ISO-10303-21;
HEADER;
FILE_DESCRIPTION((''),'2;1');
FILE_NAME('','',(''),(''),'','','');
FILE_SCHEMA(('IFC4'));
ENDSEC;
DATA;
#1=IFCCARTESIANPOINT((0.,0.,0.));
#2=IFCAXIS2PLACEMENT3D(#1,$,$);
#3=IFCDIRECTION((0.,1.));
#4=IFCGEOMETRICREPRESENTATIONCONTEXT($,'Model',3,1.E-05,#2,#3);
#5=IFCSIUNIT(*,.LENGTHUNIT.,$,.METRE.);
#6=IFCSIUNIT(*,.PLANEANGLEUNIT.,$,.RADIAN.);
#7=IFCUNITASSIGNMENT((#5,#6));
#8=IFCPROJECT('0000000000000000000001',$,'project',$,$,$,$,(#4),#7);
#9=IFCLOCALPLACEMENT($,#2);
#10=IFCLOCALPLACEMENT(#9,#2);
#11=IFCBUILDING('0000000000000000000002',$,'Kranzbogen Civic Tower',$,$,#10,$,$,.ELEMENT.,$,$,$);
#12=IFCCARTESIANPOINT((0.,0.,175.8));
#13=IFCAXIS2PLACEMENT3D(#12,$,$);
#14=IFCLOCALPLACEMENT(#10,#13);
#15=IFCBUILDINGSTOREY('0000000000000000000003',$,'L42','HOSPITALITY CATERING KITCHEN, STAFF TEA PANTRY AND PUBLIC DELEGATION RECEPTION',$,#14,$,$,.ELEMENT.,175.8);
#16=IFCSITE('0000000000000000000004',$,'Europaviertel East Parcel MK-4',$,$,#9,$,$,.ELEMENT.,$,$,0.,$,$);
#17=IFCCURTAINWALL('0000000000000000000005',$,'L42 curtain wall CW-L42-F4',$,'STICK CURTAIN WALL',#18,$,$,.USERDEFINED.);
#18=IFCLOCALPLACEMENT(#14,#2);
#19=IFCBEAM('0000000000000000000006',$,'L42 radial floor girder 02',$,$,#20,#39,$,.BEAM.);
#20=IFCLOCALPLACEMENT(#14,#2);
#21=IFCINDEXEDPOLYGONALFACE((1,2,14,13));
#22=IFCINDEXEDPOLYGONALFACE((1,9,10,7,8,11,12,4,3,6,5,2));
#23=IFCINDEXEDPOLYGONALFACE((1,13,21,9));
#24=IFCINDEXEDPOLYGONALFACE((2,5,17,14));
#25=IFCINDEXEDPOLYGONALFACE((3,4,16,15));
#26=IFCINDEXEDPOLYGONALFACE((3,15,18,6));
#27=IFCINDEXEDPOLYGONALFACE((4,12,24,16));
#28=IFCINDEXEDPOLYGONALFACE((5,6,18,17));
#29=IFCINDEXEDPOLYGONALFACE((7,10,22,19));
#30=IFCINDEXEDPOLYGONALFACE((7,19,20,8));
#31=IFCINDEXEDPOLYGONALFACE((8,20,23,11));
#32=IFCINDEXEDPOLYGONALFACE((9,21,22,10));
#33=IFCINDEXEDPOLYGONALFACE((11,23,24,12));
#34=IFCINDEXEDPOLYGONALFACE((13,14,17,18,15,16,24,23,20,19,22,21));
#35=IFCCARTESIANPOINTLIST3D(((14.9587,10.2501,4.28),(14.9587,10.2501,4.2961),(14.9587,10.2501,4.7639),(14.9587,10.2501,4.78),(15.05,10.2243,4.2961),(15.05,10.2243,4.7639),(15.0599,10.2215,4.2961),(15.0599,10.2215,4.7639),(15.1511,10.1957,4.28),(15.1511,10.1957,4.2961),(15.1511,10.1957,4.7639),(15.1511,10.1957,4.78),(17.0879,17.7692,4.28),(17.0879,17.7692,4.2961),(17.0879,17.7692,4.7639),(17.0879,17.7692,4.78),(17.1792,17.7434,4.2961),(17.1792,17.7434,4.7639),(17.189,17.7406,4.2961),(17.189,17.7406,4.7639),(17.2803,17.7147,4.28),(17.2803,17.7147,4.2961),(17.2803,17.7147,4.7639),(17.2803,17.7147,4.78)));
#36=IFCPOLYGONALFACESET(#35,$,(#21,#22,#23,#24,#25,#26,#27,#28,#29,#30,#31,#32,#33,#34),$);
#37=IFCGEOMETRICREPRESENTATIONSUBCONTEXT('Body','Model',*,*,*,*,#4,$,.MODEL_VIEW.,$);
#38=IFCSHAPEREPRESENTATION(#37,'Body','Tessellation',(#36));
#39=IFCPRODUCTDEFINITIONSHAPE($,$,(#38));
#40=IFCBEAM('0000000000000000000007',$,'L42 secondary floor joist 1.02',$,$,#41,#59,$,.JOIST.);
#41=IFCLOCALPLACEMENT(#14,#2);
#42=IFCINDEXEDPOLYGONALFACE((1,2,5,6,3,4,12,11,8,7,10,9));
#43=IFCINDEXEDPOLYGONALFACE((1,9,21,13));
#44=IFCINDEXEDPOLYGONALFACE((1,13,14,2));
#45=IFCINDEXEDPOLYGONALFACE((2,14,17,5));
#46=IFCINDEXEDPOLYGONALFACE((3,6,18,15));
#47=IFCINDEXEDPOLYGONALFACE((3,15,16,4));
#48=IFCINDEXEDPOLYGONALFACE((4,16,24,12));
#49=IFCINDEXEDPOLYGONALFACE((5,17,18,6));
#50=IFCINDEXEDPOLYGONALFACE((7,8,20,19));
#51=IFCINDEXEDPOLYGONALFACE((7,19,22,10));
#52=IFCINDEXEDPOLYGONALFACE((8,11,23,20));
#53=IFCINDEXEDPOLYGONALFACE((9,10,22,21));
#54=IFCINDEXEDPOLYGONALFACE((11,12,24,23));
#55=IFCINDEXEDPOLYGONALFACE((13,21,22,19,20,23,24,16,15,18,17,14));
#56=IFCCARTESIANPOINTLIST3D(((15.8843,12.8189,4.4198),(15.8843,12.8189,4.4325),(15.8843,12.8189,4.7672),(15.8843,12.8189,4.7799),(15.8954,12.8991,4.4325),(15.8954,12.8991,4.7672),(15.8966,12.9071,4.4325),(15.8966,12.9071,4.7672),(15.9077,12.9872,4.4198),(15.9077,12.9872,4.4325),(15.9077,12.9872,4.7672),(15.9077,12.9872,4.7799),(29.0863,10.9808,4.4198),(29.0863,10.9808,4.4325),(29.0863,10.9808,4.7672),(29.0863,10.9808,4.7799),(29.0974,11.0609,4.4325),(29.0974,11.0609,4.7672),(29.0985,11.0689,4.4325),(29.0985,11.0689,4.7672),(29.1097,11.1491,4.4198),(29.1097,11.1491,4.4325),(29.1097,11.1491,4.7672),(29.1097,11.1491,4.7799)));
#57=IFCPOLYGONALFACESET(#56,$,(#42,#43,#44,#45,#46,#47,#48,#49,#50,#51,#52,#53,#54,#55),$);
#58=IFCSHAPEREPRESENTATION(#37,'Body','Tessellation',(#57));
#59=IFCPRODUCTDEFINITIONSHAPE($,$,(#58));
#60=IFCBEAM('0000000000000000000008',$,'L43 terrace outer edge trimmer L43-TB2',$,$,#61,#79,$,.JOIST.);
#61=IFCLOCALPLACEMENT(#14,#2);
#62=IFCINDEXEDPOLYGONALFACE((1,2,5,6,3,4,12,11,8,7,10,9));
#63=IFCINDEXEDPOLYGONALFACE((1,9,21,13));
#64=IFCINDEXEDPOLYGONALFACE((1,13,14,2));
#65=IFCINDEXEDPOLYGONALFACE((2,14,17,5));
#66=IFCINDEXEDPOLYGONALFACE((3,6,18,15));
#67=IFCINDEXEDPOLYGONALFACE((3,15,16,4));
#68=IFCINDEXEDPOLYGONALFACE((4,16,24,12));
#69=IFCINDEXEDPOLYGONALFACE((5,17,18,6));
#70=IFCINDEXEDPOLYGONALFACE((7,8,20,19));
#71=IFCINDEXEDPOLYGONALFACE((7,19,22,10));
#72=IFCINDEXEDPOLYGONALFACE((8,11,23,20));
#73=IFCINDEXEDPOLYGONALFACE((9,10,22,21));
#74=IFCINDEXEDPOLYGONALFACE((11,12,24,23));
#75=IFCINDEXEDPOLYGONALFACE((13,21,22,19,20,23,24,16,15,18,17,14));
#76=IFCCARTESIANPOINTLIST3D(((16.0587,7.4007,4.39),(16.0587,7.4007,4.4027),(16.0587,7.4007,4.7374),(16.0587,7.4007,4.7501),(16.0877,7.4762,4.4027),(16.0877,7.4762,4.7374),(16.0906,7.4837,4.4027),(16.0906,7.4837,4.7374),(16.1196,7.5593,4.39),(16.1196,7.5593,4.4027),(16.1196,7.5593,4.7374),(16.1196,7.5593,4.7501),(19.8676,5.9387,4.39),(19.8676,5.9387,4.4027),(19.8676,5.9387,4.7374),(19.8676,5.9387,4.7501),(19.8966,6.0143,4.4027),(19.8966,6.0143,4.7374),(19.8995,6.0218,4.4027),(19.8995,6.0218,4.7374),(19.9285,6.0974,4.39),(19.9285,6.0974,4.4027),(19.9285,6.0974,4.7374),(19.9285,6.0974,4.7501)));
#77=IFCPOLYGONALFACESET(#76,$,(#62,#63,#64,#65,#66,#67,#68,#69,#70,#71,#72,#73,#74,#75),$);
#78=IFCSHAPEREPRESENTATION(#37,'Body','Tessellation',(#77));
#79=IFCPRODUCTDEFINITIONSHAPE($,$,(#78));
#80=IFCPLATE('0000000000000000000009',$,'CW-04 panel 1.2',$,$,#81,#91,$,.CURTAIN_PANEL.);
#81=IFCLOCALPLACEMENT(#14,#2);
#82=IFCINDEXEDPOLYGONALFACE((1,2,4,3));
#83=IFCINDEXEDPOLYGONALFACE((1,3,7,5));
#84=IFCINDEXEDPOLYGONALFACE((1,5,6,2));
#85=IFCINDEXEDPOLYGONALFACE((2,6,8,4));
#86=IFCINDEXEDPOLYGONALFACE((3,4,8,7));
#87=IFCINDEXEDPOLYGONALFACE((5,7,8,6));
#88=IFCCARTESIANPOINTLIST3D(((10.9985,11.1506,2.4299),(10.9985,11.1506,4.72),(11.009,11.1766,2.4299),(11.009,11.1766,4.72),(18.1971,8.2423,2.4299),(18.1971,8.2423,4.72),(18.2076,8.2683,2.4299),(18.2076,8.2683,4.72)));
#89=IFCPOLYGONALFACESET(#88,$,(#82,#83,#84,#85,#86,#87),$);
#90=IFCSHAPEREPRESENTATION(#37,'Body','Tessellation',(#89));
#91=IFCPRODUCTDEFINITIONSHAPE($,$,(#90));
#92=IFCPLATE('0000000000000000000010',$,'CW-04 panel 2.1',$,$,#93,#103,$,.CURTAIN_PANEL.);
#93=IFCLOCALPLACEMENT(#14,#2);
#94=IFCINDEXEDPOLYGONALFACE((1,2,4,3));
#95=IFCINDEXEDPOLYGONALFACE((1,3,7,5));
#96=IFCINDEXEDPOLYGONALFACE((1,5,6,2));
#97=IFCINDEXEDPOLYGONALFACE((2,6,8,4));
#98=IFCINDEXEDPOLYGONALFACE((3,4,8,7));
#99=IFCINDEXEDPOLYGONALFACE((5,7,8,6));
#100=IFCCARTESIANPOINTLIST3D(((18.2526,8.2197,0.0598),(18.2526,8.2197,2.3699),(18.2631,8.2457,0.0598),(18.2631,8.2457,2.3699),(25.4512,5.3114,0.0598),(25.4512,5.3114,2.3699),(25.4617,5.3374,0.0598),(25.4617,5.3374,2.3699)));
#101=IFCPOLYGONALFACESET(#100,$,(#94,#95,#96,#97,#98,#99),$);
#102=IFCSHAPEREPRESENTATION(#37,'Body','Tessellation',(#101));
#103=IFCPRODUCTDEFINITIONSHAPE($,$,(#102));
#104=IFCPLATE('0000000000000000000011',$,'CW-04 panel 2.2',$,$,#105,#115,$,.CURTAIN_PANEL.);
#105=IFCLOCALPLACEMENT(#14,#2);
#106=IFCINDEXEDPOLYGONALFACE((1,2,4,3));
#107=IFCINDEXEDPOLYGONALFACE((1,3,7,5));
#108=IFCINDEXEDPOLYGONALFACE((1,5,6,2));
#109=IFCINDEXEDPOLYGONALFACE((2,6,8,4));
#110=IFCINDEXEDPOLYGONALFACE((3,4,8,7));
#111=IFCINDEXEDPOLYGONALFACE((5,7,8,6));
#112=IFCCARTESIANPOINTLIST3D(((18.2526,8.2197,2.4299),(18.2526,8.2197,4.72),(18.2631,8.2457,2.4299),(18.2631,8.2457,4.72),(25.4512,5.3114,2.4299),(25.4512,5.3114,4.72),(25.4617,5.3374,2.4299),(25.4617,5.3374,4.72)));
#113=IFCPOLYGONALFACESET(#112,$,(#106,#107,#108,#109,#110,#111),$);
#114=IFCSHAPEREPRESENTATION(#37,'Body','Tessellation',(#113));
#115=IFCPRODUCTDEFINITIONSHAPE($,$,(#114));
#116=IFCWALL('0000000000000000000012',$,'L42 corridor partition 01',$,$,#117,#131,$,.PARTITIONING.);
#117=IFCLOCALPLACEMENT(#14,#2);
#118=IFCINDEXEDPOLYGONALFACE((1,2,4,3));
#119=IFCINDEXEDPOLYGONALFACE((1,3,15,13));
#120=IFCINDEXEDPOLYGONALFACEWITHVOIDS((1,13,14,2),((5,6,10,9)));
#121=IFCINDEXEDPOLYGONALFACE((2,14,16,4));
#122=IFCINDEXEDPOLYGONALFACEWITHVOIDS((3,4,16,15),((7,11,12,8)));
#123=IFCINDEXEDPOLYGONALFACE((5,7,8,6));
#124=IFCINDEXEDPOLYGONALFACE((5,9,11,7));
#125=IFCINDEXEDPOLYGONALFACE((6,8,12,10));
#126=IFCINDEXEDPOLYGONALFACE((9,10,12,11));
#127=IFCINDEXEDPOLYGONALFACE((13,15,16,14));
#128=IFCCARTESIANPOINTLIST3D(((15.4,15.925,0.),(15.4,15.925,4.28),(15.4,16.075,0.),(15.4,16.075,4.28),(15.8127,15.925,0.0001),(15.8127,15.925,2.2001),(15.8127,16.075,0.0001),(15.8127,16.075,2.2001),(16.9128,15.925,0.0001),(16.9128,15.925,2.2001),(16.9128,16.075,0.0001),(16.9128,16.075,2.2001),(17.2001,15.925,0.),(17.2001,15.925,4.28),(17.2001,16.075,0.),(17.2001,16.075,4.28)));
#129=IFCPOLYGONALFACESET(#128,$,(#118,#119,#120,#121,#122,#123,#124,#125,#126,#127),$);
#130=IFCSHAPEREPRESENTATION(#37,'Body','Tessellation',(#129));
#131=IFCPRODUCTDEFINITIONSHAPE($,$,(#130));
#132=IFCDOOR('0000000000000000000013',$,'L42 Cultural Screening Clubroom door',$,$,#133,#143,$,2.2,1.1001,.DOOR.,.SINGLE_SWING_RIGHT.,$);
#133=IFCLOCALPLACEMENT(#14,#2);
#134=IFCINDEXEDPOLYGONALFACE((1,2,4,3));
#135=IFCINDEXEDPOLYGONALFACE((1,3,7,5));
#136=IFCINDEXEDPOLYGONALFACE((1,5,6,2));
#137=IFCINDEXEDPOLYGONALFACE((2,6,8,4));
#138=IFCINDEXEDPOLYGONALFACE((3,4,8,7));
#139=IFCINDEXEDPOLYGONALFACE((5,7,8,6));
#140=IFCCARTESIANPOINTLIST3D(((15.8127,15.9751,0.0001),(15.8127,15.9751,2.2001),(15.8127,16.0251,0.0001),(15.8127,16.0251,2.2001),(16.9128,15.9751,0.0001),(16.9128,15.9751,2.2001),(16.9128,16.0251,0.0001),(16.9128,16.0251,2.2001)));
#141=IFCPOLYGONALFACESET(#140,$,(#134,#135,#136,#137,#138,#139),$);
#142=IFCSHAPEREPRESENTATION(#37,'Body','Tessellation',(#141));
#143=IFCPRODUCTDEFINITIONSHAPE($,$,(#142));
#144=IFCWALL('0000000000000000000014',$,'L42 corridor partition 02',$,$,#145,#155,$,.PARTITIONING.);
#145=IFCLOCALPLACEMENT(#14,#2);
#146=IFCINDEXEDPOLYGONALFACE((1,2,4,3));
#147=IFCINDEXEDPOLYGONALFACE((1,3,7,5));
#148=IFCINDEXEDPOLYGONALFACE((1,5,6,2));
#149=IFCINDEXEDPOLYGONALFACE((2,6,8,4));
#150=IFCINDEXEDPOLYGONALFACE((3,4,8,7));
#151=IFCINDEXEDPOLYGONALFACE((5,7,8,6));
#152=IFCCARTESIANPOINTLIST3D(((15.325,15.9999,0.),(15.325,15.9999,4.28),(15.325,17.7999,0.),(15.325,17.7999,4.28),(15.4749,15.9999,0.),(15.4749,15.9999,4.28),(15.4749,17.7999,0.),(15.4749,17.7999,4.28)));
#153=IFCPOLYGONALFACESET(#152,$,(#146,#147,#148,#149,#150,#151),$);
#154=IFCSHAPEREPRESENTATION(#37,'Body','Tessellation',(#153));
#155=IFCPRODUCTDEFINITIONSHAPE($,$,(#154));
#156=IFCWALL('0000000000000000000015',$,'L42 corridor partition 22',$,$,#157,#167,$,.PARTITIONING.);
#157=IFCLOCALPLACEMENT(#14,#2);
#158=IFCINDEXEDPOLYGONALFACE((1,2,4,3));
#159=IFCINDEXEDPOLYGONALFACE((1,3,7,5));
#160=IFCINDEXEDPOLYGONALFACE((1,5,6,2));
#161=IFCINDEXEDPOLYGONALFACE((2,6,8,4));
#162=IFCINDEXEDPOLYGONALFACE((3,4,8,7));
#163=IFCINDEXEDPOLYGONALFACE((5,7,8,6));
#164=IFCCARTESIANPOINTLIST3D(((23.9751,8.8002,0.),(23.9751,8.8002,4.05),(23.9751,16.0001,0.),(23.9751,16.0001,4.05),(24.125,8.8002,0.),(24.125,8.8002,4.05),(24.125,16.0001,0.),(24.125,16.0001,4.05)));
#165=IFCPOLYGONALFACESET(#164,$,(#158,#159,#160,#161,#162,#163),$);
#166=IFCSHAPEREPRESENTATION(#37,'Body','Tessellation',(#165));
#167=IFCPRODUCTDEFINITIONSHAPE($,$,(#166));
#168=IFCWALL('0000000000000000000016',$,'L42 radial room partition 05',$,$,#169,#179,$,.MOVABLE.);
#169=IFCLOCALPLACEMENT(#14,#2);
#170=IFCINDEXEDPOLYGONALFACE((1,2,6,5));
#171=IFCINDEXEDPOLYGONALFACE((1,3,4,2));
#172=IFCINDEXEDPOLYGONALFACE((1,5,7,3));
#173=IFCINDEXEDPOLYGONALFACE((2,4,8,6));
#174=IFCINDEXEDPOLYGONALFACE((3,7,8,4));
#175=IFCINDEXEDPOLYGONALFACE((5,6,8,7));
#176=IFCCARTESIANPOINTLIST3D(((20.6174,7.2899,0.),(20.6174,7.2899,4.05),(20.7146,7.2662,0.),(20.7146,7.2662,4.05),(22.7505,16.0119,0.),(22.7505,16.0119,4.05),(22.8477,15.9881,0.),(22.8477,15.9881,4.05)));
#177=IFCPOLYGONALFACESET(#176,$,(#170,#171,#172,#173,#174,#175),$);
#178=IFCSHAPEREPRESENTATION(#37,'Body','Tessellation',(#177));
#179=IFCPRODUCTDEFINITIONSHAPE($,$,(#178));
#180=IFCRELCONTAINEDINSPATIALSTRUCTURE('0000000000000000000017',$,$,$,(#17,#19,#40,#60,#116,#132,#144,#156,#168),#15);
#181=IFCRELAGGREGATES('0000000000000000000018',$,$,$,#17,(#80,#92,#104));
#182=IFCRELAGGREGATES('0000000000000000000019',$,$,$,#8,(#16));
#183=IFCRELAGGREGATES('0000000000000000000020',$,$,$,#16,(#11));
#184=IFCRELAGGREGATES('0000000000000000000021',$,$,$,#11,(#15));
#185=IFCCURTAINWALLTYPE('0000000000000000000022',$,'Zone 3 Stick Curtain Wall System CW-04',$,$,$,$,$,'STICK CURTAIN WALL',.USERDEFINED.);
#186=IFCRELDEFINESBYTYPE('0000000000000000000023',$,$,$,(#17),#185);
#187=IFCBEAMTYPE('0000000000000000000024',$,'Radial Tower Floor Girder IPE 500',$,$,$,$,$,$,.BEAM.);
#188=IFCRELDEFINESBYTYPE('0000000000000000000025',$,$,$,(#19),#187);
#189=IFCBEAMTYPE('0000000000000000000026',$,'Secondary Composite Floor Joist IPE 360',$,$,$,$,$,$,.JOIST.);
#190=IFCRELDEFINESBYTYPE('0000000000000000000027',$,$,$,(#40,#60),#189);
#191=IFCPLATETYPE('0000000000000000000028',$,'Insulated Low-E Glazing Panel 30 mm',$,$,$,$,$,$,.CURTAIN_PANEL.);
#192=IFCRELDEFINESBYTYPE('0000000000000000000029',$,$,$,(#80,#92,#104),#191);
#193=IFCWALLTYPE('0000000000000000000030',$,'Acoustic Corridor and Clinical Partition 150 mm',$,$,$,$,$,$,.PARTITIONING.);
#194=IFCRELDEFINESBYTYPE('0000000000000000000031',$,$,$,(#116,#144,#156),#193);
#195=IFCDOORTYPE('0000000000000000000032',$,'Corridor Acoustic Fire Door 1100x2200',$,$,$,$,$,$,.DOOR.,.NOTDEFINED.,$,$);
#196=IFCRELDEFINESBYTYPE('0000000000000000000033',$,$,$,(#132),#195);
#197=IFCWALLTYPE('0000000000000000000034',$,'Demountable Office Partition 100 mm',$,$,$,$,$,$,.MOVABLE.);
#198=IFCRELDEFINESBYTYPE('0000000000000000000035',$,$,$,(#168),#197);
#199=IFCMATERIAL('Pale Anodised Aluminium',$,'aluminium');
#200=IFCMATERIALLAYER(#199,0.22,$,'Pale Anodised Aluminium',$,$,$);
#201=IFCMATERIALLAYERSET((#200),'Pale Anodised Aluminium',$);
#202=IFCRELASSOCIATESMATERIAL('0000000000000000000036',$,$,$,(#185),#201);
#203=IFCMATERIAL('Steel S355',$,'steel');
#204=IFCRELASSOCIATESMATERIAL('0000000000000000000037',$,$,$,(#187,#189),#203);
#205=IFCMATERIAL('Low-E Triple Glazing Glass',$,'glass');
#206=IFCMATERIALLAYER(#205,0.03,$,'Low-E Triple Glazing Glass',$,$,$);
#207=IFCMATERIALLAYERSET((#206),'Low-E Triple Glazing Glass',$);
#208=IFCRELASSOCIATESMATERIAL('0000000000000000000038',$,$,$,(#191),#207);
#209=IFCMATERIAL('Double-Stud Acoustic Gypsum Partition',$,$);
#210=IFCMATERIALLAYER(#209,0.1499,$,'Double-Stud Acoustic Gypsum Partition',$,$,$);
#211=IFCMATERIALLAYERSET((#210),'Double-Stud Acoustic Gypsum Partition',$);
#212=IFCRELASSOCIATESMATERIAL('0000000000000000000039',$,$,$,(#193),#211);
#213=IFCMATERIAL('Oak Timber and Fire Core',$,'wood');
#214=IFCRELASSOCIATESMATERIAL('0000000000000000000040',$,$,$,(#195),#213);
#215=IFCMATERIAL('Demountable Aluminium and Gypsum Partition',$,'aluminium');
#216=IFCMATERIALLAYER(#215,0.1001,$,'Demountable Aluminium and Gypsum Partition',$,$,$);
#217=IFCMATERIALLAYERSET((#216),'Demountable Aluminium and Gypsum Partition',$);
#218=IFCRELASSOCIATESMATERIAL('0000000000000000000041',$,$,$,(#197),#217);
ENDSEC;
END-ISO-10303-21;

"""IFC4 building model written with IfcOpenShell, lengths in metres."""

from ifc_helpers import new_model, si_unit, direction, frame, frame_2d, origin, origin_2d, place, context, subcontext, project, spatial, rectangle, i_section, extrude, material, layer, layer_set, material_profile, profile_set, type_object, element, fill, aggregate, save


model = new_model("IFC4")

# Units and contexts
model_context = context("Model", 3, precision=1e-05, world=origin(), true_north=direction((0.0, 1.0)))
body_context = subcontext(model_context, "Body", "Model", "MODEL_VIEW")
ifc_project = project(units=[si_unit("LENGTHUNIT", "METRE"), si_unit("PLANEANGLEUNIT", "RADIAN")], contexts=[model_context])

# Site, building, storey
site_placement = place(None, origin())
site = spatial("IfcSite", under=ifc_project, at=site_placement, Name="Europaviertel East Parcel MK-4", CompositionType="ELEMENT", RefElevation=0.0)
building_placement = place(site_placement, origin())
building = spatial("IfcBuilding", under=site, at=building_placement, Name="Kranzbogen Civic Tower", CompositionType="ELEMENT")
storey_placement = place(building_placement, frame((0.0, 0.0, 175.8)))
storey = spatial("IfcBuildingStorey", under=building, at=storey_placement, Name="L42", Description="HOSPITALITY CATERING KITCHEN, STAFF TEA PANTRY AND PUBLIC DELEGATION RECEPTION", CompositionType="ELEMENT", Elevation=175.8)

# Shared definitions
ifc_material_1 = material(Name="Steel S355", Category="steel")

# Curtain wall
ifc_material_2 = material(Name="Pale Anodised Aluminium", Category="aluminium")
ifc_layer_1 = layer(ifc_material_2, 0.22, Name="Pale Anodised Aluminium")
ifc_layer_set_1 = layer_set([ifc_layer_1], Name="Pale Anodised Aluminium")
curtain_wall_type = type_object("IfcCurtainWallType", Name="Zone 3 Stick Curtain Wall System CW-04", ElementType="STICK CURTAIN WALL", PredefinedType="USERDEFINED", material=ifc_layer_set_1)
curtain_wall_placement = place(storey_placement, origin())
curtain_wall = element("IfcCurtainWall", 1, at=curtain_wall_placement, inside=storey, type_object=curtain_wall_type, Name="L42 curtain wall CW-L42-F4", ObjectType="STICK CURTAIN WALL", PredefinedType="USERDEFINED")

# Beams
ifc_material_profile_1 = material_profile(ifc_material_1, i_section(OverallWidth=0.2, OverallDepth=0.5, WebThickness=0.0103, FlangeThickness=0.0161, at=origin_2d()), Name="IPE 500")
ifc_profile_set_1 = profile_set([ifc_material_profile_1], Name="Steel S355")
beam_type_1 = type_object("IfcBeamType", Name="Radial Tower Floor Girder IPE 500", PredefinedType="BEAM", material=ifc_profile_set_1)
beam_1_placement = place(storey_placement, frame((15.0549, 10.2229, 4.53), z_axis=(0.272455, 0.962169, 0.0), x_axis=(-0.962169, 0.272455, 0.0)))
element("IfcBeam", 2, at=beam_1_placement, inside=storey, type_object=beam_type_1, Name="L42 radial floor girder 02", PredefinedType="BEAM", context=body_context, shape_type="SweptSolid", body=[
    extrude(i_section(OverallWidth=0.2, OverallDepth=0.5, WebThickness=0.0103, FlangeThickness=0.0161, at=origin_2d()), origin(), (0.0, 0.0, 1.0), 7.8147),
])
ifc_material_profile_2 = material_profile(ifc_material_1, i_section(OverallWidth=0.1699, OverallDepth=0.3601, WebThickness=0.0081, FlangeThickness=0.0127, at=origin_2d()), Name="IPE 360")
ifc_profile_set_2 = profile_set([ifc_material_profile_2], Name="Steel S355")
beam_type_2 = type_object("IfcBeamType", Name="Secondary Composite Floor Joist IPE 360", PredefinedType="JOIST", material=ifc_profile_set_2)
beam_2_placement = place(storey_placement, frame((15.896, 12.9031, 4.5999), z_axis=(0.990446, -0.137902, 0.0), x_axis=(0.137902, 0.990446, 0.0)))
element("IfcBeam", 3, at=beam_2_placement, inside=storey, type_object=beam_type_2, Name="L42 secondary floor joist 1.02", PredefinedType="JOIST", context=body_context, shape_type="SweptSolid", body=[
    extrude(i_section(OverallWidth=0.1699, OverallDepth=0.3601, WebThickness=0.0081, FlangeThickness=0.0127, at=origin_2d()), origin(), (0.0, 0.0, 1.0), 13.3293),
])
beam_3_placement = place(storey_placement, frame((16.0891, 7.48, 4.5701), z_axis=(0.933594, -0.358333, 0.0), x_axis=(0.358333, 0.933594, 0.0)))
element("IfcBeam", 4, at=beam_3_placement, inside=storey, type_object=beam_type_2, Name="L43 terrace outer edge trimmer L43-TB2", PredefinedType="JOIST", context=body_context, shape_type="SweptSolid", body=[
    extrude(i_section(OverallWidth=0.1699, OverallDepth=0.3601, WebThickness=0.0081, FlangeThickness=0.0127, at=origin_2d()), origin(), (0.0, 0.0, 1.0), 4.0798),
])

# Plates
ifc_material_3 = material(Name="Low-E Triple Glazing Glass", Category="glass")
ifc_layer_2 = layer(ifc_material_3, 0.03, Name="Low-E Triple Glazing Glass")
ifc_layer_set_2 = layer_set([ifc_layer_2], Name="Low-E Triple Glazing Glass")
plate_type = type_object("IfcPlateType", Name="Insulated Low-E Glazing Panel 30 mm", PredefinedType="CURTAIN_PANEL", material=ifc_layer_set_2)
plate_1_placement = place(storey_placement, frame((14.603, 9.7095, 2.4299), z_axis=(0.0, 0.0, 1.0), x_axis=(0.927189, -0.374594, 0.0)))
plate_1 = element("IfcPlate", 5, at=plate_1_placement, type_object=plate_type, Name="CW-04 panel 1.2", PredefinedType="CURTAIN_PANEL", context=body_context, shape_type="SweptSolid", body=[
    extrude(rectangle(XDim=7.7639, YDim=0.0281, at=origin_2d()), origin(), (0.0, 0.0, 1.0), 2.29),
])
plate_2_placement = place(storey_placement, frame((21.8572, 6.7786, 0.0598), z_axis=(0.0, 0.0, 1.0), x_axis=(0.927189, -0.374594, 0.0)))
plate_2 = element("IfcPlate", 6, at=plate_2_placement, type_object=plate_type, Name="CW-04 panel 2.1", PredefinedType="CURTAIN_PANEL", context=body_context, shape_type="SweptSolid", body=[
    extrude(rectangle(XDim=7.7639, YDim=0.0281, at=origin_2d()), origin(), (0.0, 0.0, 1.0), 2.3101),
])
plate_3_placement = place(storey_placement, frame((21.8572, 6.7786, 2.4299), z_axis=(0.0, 0.0, 1.0), x_axis=(0.927189, -0.374594, 0.0)))
plate_3 = element("IfcPlate", 7, at=plate_3_placement, type_object=plate_type, Name="CW-04 panel 2.2", PredefinedType="CURTAIN_PANEL", context=body_context, shape_type="SweptSolid", body=[
    extrude(rectangle(XDim=7.7639, YDim=0.0281, at=origin_2d()), origin(), (0.0, 0.0, 1.0), 2.29),
])
aggregate(curtain_wall, [plate_1, plate_2, plate_3])

# Wall, opening, door
ifc_material_4 = material(Name="Double-Stud Acoustic Gypsum Partition")
ifc_layer_3 = layer(ifc_material_4, 0.1499, Name="Double-Stud Acoustic Gypsum Partition")
ifc_layer_set_3 = layer_set([ifc_layer_3], Name="Double-Stud Acoustic Gypsum Partition")
wall_type_1 = type_object("IfcWallType", Name="Acoustic Corridor and Clinical Partition 150 mm", PredefinedType="PARTITIONING", material=ifc_layer_set_3)
wall_1_placement = place(storey_placement, frame((17.2, 16.0, 0.0), z_axis=(0.0, 0.0, 1.0), x_axis=(-1.0, 0.0, 0.0)))
wall_1 = element("IfcWall", 8, at=wall_1_placement, inside=storey, type_object=wall_type_1, Name="L42 corridor partition 01", PredefinedType="PARTITIONING", context=body_context, shape_type="SweptSolid", body=[
    extrude(rectangle(XDim=1.8, YDim=0.1499, at=frame_2d((0.8999, 0.0))), origin(), (0.0, 0.0, 1.0), 4.28),
])
opening_placement = place(wall_1_placement, frame((0.2871, 0.0, 0.0)))
opening = element("IfcOpeningElement", 9, at=opening_placement, cuts=wall_1, PredefinedType="OPENING", context=body_context, shape_type="SweptSolid", body=[
    extrude(rectangle(XDim=1.1001, YDim=2.2, at=frame_2d((0.55, 1.1001))), frame((0.0, 0.085, 0.0), z_axis=(0.0, -1.0, 0.0), x_axis=(1.0, 0.0, 0.0)), (0.0, 0.0, 1.0), 0.1699),
])
ifc_material_5 = material(Name="Oak Timber and Fire Core", Category="wood")
door_type = type_object("IfcDoorType", Name="Corridor Acoustic Fire Door 1100x2200", OperationType="NOTDEFINED", PredefinedType="DOOR", material=ifc_material_5)
door_placement = place(opening_placement, origin())
door = element("IfcDoor", 10, at=door_placement, inside=storey, type_object=door_type, Name="L42 Cultural Screening Clubroom door", OperationType="SINGLE_SWING_RIGHT", OverallHeight=2.2, OverallWidth=1.1001, PredefinedType="DOOR", context=body_context, shape_type="SweptSolid", body=[
    extrude(rectangle(XDim=1.1001, YDim=2.2, at=frame_2d((0.55, 1.1001))), frame((0.0, 0.0249, 0.0), z_axis=(0.0, -1.0, 0.0), x_axis=(1.0, 0.0, 0.0)), (0.0, 0.0, 1.0), 0.05),
])
fill(opening, door)

# Walls
wall_2_placement = place(storey_placement, frame((15.3999, 16.0, 0.0), z_axis=(0.0, 0.0, 1.0), x_axis=(0.0, 1.0, 0.0)))
element("IfcWall", 11, at=wall_2_placement, inside=storey, type_object=wall_type_1, Name="L42 corridor partition 02", PredefinedType="PARTITIONING", context=body_context, shape_type="SweptSolid", body=[
    extrude(rectangle(XDim=1.8, YDim=0.1499, at=frame_2d((0.8999, 0.0))), origin(), (0.0, 0.0, 1.0), 4.28),
])
wall_3_placement = place(storey_placement, frame((24.05, 8.8, 0.0), z_axis=(0.0, 0.0, 1.0), x_axis=(0.0, 1.0, 0.0)))
element("IfcWall", 12, at=wall_3_placement, inside=storey, type_object=wall_type_1, Name="L42 corridor partition 22", PredefinedType="PARTITIONING", context=body_context, shape_type="SweptSolid", body=[
    extrude(rectangle(XDim=7.2, YDim=0.1499, at=frame_2d((3.6001, 0.0))), origin(), (0.0, 0.0, 1.0), 4.05),
])
ifc_material_6 = material(Name="Demountable Aluminium and Gypsum Partition", Category="aluminium")
ifc_layer_4 = layer(ifc_material_6, 0.1001, Name="Demountable Aluminium and Gypsum Partition")
ifc_layer_set_4 = layer_set([ifc_layer_4], Name="Demountable Aluminium and Gypsum Partition")
wall_type_2 = type_object("IfcWallType", Name="Demountable Office Partition 100 mm", PredefinedType="MOVABLE", material=ifc_layer_set_4)
wall_4_placement = place(storey_placement, frame((22.7991, 16.0, 0.0), z_axis=(0.0, 0.0, 1.0), x_axis=(-0.237561, -0.971373, 0.0)))
element("IfcWall", 13, at=wall_4_placement, inside=storey, type_object=wall_type_2, Name="L42 radial room partition 05", PredefinedType="MOVABLE", context=body_context, shape_type="SweptSolid", body=[
    extrude(rectangle(XDim=8.979, YDim=0.1001, at=frame_2d((4.4895, 0.0))), origin(), (0.0, 0.0, 1.0), 4.05),
])

save(model, "model.ifc")
